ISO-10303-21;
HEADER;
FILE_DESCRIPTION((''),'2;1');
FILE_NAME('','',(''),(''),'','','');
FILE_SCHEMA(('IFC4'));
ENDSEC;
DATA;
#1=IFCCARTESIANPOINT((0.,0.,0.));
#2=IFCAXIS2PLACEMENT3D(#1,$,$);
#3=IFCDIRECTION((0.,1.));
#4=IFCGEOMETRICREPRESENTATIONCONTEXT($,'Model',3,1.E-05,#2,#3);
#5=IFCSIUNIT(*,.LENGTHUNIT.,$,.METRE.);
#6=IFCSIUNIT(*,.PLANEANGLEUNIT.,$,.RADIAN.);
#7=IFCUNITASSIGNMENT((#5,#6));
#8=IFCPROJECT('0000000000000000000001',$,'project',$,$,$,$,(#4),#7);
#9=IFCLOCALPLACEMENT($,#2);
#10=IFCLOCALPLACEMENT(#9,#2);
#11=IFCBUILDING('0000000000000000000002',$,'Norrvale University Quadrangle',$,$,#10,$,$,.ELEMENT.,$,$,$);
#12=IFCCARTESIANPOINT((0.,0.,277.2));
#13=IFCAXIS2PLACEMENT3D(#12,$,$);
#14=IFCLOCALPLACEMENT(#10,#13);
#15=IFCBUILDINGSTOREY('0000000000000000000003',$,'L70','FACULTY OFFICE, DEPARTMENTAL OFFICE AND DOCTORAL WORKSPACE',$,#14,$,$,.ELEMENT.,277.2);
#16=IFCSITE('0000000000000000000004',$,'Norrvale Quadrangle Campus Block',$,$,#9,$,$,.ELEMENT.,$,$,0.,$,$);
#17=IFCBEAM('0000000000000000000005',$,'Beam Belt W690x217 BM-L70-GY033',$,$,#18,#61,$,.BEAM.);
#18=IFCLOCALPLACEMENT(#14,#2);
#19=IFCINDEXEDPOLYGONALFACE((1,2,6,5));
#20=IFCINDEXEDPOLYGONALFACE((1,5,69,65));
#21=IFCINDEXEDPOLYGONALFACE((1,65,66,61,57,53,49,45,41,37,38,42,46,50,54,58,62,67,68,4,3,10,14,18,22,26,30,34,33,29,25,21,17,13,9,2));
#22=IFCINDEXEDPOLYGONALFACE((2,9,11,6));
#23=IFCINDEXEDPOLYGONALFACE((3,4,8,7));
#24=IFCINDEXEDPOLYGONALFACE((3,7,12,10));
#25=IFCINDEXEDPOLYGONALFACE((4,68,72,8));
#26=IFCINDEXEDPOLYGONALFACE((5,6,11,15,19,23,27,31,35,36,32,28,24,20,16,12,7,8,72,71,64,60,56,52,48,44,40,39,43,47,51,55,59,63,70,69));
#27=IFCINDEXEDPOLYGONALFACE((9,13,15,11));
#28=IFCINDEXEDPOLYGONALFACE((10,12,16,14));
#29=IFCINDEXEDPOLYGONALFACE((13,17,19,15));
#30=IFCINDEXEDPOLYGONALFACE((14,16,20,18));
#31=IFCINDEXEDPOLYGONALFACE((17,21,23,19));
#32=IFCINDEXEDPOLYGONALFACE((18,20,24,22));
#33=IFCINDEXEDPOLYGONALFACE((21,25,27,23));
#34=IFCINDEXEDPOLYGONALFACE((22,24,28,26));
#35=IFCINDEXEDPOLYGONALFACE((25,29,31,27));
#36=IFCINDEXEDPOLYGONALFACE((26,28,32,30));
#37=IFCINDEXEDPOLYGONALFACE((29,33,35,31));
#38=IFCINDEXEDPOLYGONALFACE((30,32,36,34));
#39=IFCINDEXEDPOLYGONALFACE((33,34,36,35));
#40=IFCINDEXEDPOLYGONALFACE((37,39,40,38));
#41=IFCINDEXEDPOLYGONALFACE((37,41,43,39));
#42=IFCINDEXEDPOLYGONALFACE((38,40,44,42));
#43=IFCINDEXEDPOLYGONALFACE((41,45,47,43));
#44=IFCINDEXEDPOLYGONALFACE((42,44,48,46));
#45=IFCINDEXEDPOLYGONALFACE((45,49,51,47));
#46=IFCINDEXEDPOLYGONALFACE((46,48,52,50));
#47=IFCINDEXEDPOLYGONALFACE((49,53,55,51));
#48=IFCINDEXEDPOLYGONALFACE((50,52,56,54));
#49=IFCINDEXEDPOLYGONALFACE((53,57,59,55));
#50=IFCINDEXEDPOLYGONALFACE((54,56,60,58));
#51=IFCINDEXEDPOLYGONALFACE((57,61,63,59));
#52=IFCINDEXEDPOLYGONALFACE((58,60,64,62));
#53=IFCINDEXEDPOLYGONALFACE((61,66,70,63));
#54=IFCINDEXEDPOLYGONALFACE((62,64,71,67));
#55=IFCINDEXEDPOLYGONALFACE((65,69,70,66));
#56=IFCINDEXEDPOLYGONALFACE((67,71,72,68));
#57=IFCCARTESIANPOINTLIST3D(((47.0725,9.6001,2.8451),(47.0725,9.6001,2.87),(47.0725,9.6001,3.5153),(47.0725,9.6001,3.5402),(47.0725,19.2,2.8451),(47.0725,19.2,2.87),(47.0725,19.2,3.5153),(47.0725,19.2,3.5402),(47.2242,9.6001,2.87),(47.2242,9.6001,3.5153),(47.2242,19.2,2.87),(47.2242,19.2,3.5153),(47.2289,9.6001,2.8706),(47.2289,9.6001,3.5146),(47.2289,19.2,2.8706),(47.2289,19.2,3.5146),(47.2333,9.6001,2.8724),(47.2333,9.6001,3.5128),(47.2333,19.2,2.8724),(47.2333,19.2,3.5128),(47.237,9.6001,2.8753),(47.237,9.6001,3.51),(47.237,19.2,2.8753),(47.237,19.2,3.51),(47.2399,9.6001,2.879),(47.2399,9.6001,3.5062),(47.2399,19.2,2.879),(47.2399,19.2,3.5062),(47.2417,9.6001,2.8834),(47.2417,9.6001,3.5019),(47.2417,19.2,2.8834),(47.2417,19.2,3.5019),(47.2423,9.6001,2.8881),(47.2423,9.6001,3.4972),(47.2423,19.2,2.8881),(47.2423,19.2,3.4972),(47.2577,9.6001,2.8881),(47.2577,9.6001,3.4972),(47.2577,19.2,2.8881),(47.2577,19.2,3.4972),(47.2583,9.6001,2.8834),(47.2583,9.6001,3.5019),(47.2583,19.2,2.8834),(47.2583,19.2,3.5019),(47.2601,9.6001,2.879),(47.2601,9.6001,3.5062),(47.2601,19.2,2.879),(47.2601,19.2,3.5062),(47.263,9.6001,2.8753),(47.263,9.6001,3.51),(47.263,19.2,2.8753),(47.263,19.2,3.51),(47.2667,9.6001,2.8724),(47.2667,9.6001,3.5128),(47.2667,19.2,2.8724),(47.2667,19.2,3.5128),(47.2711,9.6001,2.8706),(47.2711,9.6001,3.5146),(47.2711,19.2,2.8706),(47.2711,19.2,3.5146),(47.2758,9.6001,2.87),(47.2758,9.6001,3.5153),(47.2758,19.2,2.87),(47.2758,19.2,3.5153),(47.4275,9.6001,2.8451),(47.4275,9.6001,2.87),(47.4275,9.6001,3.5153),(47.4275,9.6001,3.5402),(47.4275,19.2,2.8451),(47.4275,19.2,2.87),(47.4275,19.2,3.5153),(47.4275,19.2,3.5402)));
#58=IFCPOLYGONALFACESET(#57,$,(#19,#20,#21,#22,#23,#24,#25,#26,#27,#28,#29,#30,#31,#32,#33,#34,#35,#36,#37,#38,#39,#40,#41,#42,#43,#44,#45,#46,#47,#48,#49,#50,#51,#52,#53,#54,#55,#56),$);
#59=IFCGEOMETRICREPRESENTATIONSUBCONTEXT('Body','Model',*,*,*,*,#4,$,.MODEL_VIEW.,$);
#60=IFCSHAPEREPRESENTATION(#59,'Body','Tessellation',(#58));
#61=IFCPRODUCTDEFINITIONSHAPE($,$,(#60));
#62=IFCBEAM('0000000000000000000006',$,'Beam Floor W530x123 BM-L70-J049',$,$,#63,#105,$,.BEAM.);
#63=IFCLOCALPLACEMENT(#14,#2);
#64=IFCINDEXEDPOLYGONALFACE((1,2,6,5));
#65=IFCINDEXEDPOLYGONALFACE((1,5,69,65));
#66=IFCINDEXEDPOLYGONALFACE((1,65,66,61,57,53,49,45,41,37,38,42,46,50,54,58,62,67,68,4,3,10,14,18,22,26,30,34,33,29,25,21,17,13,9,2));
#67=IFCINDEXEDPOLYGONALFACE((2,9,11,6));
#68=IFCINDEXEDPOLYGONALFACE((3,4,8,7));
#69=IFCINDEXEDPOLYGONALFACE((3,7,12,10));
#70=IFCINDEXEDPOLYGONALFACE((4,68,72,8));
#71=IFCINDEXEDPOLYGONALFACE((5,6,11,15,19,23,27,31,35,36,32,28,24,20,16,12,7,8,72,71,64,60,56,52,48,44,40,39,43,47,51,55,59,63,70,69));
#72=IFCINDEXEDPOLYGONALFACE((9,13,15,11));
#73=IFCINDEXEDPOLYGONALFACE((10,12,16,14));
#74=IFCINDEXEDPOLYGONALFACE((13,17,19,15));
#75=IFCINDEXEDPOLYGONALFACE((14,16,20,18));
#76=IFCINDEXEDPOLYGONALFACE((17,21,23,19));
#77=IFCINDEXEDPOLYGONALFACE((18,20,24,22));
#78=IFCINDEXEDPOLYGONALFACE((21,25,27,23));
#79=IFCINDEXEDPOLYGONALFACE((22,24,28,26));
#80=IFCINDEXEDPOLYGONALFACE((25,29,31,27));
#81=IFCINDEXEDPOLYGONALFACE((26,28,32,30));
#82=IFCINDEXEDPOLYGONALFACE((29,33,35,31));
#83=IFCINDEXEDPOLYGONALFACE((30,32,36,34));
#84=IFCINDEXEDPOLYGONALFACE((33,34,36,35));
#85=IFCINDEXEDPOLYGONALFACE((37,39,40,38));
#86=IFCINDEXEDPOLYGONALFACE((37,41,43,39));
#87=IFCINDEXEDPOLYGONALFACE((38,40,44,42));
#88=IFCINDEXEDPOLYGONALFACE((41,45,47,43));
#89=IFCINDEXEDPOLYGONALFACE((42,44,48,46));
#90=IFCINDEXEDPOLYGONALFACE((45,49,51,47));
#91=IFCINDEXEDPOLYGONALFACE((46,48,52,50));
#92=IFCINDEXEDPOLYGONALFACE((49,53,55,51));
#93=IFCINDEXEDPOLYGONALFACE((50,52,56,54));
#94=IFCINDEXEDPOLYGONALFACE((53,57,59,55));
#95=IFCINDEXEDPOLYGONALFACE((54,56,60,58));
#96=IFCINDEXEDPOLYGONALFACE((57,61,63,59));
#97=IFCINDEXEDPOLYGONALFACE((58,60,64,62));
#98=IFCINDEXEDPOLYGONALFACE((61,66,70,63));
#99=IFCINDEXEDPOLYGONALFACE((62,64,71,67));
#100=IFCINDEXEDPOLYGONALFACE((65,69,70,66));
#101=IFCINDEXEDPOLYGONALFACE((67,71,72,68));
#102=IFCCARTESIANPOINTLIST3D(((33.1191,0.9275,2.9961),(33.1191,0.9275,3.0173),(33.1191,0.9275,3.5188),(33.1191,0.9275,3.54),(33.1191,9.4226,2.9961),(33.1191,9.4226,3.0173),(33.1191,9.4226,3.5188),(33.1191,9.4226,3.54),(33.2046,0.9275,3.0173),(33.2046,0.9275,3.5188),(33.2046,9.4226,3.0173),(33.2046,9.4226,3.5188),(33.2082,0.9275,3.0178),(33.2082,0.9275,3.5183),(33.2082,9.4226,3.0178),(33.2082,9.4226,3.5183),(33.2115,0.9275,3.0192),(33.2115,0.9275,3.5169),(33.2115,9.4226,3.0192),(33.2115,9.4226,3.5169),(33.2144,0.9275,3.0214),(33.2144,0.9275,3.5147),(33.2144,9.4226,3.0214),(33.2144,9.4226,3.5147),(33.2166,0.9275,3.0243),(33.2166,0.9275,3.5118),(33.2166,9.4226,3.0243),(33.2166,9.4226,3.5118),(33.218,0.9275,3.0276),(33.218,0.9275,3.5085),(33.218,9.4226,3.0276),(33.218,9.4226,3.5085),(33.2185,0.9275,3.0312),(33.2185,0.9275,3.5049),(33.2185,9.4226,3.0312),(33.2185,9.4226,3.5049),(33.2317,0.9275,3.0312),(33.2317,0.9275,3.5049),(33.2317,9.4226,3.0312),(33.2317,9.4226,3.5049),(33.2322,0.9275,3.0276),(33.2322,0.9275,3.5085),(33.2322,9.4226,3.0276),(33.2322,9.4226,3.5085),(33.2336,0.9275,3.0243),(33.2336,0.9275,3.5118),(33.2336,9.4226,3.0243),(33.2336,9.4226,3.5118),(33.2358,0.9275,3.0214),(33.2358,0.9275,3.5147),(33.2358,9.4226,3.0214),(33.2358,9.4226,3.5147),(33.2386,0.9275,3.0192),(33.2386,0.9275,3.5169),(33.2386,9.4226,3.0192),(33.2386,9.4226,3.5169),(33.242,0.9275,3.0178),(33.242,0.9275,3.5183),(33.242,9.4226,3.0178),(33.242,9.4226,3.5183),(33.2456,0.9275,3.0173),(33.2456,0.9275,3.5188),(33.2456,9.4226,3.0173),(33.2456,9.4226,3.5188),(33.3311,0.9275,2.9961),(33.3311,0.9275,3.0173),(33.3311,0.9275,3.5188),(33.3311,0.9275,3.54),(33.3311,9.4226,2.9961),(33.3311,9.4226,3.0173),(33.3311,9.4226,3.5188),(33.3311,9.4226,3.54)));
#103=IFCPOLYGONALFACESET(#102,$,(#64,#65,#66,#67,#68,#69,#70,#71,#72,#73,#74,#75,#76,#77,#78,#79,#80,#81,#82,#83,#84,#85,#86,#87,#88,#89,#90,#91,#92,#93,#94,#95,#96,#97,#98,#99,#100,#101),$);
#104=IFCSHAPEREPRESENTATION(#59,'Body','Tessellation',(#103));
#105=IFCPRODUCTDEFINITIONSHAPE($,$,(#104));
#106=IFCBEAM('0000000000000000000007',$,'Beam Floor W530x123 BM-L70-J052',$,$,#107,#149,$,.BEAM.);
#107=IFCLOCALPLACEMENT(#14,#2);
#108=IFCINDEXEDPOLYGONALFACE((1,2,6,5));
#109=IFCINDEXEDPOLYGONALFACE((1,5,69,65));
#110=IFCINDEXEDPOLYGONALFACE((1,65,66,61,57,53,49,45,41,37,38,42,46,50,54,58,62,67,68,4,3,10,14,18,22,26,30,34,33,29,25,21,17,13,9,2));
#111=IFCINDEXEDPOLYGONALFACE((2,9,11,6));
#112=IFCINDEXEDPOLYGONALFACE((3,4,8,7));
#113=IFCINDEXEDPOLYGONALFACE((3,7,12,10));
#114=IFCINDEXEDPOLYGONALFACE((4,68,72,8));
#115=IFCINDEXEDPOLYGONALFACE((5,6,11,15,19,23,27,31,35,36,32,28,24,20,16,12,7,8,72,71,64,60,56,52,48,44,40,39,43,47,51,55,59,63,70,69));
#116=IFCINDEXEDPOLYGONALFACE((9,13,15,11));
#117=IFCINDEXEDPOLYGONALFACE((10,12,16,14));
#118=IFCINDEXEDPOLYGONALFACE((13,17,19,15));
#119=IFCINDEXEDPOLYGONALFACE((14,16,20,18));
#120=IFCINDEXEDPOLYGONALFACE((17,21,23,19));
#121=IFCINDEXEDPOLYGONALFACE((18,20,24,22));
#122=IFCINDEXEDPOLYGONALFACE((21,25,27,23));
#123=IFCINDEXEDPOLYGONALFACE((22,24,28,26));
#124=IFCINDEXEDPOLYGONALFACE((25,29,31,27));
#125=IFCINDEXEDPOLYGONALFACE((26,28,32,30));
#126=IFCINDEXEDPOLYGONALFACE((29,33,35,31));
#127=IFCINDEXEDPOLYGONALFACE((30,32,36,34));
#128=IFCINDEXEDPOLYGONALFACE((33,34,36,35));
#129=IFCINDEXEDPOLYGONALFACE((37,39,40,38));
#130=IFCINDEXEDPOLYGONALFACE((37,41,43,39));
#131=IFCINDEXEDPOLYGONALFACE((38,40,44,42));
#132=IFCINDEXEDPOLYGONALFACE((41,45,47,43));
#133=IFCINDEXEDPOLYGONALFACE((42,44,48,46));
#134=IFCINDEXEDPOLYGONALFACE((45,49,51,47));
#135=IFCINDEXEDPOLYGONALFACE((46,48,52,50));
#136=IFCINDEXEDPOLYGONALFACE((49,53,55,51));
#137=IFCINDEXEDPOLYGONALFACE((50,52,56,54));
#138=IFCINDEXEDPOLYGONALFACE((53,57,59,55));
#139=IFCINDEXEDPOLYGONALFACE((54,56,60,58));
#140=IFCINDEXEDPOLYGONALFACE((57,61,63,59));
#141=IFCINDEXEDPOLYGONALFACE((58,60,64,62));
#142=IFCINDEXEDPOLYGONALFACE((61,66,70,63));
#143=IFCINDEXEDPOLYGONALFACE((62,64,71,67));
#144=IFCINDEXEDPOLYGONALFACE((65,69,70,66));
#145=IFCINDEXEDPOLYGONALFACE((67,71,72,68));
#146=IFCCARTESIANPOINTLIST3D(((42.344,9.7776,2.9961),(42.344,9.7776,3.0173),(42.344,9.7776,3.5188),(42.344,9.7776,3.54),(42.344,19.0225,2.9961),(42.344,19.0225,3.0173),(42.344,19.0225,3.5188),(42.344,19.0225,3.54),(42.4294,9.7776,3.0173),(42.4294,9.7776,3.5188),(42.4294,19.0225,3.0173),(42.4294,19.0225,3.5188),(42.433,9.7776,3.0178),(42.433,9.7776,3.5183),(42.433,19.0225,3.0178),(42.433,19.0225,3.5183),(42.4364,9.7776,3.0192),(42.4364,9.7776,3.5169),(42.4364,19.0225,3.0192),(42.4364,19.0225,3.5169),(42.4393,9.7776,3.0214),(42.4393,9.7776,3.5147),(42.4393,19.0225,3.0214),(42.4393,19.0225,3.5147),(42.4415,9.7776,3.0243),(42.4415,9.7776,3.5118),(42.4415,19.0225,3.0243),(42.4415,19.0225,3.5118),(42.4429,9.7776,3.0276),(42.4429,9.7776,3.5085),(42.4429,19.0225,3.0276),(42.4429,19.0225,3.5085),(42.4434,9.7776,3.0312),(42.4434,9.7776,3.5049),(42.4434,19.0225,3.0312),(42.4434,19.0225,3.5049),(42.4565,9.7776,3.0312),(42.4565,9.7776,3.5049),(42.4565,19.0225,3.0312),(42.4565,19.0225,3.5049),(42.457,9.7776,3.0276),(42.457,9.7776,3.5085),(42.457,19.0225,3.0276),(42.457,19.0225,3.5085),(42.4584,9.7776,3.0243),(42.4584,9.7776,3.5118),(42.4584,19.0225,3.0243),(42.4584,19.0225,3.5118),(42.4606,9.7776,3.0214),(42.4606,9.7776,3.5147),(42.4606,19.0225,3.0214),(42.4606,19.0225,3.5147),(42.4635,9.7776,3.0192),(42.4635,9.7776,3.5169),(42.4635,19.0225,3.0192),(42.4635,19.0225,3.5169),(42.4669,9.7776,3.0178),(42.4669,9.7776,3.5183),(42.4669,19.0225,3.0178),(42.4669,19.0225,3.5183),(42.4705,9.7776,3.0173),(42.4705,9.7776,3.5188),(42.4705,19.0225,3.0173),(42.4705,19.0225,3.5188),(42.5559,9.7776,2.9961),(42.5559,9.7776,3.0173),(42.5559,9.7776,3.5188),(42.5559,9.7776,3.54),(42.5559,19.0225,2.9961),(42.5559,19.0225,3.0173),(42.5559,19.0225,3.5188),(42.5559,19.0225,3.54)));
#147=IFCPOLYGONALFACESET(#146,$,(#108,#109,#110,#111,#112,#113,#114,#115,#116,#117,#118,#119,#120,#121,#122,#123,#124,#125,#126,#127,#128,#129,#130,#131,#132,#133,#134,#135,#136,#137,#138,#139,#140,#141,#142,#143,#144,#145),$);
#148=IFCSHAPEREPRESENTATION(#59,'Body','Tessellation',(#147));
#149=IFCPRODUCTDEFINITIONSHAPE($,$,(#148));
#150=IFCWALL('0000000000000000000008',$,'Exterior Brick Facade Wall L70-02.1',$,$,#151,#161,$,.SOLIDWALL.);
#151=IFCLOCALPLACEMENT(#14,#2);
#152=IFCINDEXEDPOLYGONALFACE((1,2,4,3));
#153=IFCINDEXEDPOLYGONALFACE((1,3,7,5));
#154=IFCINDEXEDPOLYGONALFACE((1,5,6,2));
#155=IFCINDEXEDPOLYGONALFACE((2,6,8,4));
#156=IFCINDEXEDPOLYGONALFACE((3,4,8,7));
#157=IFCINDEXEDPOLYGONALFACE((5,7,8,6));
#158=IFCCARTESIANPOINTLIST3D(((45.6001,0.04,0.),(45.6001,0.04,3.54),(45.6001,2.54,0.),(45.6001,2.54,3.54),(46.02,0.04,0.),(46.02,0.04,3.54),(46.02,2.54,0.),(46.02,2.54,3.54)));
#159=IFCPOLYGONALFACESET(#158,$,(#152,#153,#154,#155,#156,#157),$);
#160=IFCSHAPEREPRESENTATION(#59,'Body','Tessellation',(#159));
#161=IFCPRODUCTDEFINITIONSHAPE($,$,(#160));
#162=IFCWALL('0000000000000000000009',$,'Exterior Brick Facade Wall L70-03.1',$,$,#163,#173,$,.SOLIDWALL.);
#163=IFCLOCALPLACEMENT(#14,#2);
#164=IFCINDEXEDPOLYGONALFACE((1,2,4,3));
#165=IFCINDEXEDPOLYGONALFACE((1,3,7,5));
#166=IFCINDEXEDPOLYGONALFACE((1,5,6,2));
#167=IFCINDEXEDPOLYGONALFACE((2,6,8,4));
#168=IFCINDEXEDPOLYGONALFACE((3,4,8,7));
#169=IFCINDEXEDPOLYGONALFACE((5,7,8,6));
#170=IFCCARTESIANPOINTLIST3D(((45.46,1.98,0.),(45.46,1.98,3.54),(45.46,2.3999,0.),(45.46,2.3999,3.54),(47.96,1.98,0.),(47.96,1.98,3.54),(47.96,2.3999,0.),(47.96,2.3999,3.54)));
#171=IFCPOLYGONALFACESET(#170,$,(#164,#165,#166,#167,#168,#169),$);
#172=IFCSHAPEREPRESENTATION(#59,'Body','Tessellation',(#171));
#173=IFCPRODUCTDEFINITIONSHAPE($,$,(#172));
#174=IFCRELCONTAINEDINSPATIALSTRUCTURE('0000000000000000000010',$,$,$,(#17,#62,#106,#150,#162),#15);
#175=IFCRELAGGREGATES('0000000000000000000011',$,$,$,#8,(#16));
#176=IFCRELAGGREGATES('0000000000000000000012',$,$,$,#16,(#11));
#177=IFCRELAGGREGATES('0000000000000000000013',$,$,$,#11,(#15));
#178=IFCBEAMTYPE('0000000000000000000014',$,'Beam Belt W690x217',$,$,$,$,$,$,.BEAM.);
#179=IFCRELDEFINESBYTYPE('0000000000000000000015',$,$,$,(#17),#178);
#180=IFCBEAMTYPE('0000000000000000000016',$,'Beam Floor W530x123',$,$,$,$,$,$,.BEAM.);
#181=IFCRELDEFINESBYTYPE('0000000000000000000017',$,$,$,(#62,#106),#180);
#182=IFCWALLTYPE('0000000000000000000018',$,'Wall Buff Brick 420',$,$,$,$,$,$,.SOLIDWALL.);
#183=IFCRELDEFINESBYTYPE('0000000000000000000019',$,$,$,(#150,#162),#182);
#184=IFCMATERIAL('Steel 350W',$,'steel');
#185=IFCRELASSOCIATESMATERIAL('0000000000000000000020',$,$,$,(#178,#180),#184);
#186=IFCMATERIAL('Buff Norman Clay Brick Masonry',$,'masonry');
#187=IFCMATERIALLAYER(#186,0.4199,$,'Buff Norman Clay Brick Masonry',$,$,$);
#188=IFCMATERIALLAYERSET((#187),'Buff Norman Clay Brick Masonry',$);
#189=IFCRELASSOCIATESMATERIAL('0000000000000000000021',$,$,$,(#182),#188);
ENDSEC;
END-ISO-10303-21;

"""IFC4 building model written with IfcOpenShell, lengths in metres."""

from ifc_helpers import new_model, si_unit, direction, frame, frame_2d, origin, origin_2d, place, context, subcontext, project, spatial, rectangle, i_section, extrude, material, layer, layer_set, material_profile, profile_set, type_object, element, save


model = new_model("IFC4")

# Units and contexts
model_context = context("Model", 3, precision=1e-05, world=origin(), true_north=direction((0.0, 1.0)))
body_context = subcontext(model_context, "Body", "Model", "MODEL_VIEW")
ifc_project = project(units=[si_unit("LENGTHUNIT", "METRE"), si_unit("PLANEANGLEUNIT", "RADIAN")], contexts=[model_context])

# Site, building, storey
site_placement = place(None, origin())
site = spatial("IfcSite", under=ifc_project, at=site_placement, Name="Norrvale Quadrangle Campus Block", CompositionType="ELEMENT", RefElevation=0.0)
building_placement = place(site_placement, origin())
building = spatial("IfcBuilding", under=site, at=building_placement, Name="Norrvale University Quadrangle", CompositionType="ELEMENT")
storey_placement = place(building_placement, frame((0.0, 0.0, 277.2)))
storey = spatial("IfcBuildingStorey", under=building, at=storey_placement, Name="L70", Description="FACULTY OFFICE, DEPARTMENTAL OFFICE AND DOCTORAL WORKSPACE", CompositionType="ELEMENT", Elevation=277.2)

# Beams
ifc_material_1 = material(Name="Steel 350W", Category="steel")
ifc_material_profile_1 = material_profile(ifc_material_1, i_section(OverallWidth=0.355, OverallDepth=0.6951, WebThickness=0.0154, FlangeThickness=0.0249, FilletRadius=0.0181, at=origin_2d()), Name="Steel 350W")
ifc_profile_set_1 = profile_set([ifc_material_profile_1], Name="Steel 350W")
beam_type_1 = type_object("IfcBeamType", Name="Beam Belt W690x217", PredefinedType="BEAM", material=ifc_profile_set_1)
for number, where, z_axis, x_axis, name in (
    (1, (47.25, 9.6001, 3.1926), (0.0, 1.0, 0.0), (-1.0, 0.0, 0.0), "Beam Belt W690x217 BM-L70-GY033"),
):
    element("IfcBeam", number, at=place(storey_placement, frame(where, z_axis=z_axis, x_axis=x_axis)), inside=storey, type_object=beam_type_1, Name=name, PredefinedType="BEAM", context=body_context, shape_type="SweptSolid", body=[
        extrude(i_section(OverallWidth=0.355, OverallDepth=0.6951, WebThickness=0.0154, FlangeThickness=0.0249, FilletRadius=0.0181, at=origin_2d()), origin(), (0.0, 0.0, 1.0), 9.5999),
    ])
ifc_material_profile_2 = material_profile(ifc_material_1, i_section(OverallWidth=0.2119, OverallDepth=0.5439, WebThickness=0.0132, FlangeThickness=0.0212, FilletRadius=0.0139, at=origin_2d()), Name="Steel 350W")
ifc_profile_set_2 = profile_set([ifc_material_profile_2], Name="Steel 350W")
beam_type_2 = type_object("IfcBeamType", Name="Beam Floor W530x123", PredefinedType="BEAM", material=ifc_profile_set_2)
beam_1_placement = place(storey_placement, frame((33.2251, 0.9275, 3.2681), z_axis=(0.0, 1.0, 0.0), x_axis=(-1.0, 0.0, 0.0)))
element("IfcBeam", 2, at=beam_1_placement, inside=storey, type_object=beam_type_2, Name="Beam Floor W530x123 BM-L70-J049", PredefinedType="BEAM", context=body_context, shape_type="SweptSolid", body=[
    extrude(i_section(OverallWidth=0.2119, OverallDepth=0.5439, WebThickness=0.0132, FlangeThickness=0.0212, FilletRadius=0.0139, at=origin_2d()), origin(), (0.0, 0.0, 1.0), 8.4951),
])
beam_2_placement = place(storey_placement, frame((42.45, 9.7776, 3.2681), z_axis=(0.0, 1.0, 0.0), x_axis=(-1.0, 0.0, 0.0)))
element("IfcBeam", 3, at=beam_2_placement, inside=storey, type_object=beam_type_2, Name="Beam Floor W530x123 BM-L70-J052", PredefinedType="BEAM", context=body_context, shape_type="SweptSolid", body=[
    extrude(i_section(OverallWidth=0.2119, OverallDepth=0.5439, WebThickness=0.0132, FlangeThickness=0.0212, FilletRadius=0.0139, at=origin_2d()), origin(), (0.0, 0.0, 1.0), 9.2449),
])

# Walls
ifc_material_2 = material(Name="Buff Norman Clay Brick Masonry", Category="masonry")
ifc_layer_1 = layer(ifc_material_2, 0.4199, Name="Buff Norman Clay Brick Masonry")
ifc_layer_set_1 = layer_set([ifc_layer_1], Name="Buff Norman Clay Brick Masonry")
wall_type_1 = type_object("IfcWallType", Name="Wall Buff Brick 420", PredefinedType="SOLIDWALL", material=ifc_layer_set_1)
for number, where, z_axis, x_axis, name in (
    (4, (45.8101, 0.04, 0.0), (0.0, 0.0, 1.0), (0.0, 1.0, 0.0), "Exterior Brick Facade Wall L70-02.1"),
    (5, (45.46, 2.1899, 0.0), (0.0, 0.0, 1.0), (1.0, 0.0, 0.0), "Exterior Brick Facade Wall L70-03.1"),
):
    element("IfcWall", number, at=place(storey_placement, frame(where, z_axis=z_axis, x_axis=x_axis)), inside=storey, type_object=wall_type_1, Name=name, PredefinedType="SOLIDWALL", context=body_context, shape_type="SweptSolid", body=[
        extrude(rectangle(XDim=2.5, YDim=0.4199, at=frame_2d((1.25, 0.0))), origin(), (0.0, 0.0, 1.0), 3.54),
    ])

save(model, "model.ifc")
